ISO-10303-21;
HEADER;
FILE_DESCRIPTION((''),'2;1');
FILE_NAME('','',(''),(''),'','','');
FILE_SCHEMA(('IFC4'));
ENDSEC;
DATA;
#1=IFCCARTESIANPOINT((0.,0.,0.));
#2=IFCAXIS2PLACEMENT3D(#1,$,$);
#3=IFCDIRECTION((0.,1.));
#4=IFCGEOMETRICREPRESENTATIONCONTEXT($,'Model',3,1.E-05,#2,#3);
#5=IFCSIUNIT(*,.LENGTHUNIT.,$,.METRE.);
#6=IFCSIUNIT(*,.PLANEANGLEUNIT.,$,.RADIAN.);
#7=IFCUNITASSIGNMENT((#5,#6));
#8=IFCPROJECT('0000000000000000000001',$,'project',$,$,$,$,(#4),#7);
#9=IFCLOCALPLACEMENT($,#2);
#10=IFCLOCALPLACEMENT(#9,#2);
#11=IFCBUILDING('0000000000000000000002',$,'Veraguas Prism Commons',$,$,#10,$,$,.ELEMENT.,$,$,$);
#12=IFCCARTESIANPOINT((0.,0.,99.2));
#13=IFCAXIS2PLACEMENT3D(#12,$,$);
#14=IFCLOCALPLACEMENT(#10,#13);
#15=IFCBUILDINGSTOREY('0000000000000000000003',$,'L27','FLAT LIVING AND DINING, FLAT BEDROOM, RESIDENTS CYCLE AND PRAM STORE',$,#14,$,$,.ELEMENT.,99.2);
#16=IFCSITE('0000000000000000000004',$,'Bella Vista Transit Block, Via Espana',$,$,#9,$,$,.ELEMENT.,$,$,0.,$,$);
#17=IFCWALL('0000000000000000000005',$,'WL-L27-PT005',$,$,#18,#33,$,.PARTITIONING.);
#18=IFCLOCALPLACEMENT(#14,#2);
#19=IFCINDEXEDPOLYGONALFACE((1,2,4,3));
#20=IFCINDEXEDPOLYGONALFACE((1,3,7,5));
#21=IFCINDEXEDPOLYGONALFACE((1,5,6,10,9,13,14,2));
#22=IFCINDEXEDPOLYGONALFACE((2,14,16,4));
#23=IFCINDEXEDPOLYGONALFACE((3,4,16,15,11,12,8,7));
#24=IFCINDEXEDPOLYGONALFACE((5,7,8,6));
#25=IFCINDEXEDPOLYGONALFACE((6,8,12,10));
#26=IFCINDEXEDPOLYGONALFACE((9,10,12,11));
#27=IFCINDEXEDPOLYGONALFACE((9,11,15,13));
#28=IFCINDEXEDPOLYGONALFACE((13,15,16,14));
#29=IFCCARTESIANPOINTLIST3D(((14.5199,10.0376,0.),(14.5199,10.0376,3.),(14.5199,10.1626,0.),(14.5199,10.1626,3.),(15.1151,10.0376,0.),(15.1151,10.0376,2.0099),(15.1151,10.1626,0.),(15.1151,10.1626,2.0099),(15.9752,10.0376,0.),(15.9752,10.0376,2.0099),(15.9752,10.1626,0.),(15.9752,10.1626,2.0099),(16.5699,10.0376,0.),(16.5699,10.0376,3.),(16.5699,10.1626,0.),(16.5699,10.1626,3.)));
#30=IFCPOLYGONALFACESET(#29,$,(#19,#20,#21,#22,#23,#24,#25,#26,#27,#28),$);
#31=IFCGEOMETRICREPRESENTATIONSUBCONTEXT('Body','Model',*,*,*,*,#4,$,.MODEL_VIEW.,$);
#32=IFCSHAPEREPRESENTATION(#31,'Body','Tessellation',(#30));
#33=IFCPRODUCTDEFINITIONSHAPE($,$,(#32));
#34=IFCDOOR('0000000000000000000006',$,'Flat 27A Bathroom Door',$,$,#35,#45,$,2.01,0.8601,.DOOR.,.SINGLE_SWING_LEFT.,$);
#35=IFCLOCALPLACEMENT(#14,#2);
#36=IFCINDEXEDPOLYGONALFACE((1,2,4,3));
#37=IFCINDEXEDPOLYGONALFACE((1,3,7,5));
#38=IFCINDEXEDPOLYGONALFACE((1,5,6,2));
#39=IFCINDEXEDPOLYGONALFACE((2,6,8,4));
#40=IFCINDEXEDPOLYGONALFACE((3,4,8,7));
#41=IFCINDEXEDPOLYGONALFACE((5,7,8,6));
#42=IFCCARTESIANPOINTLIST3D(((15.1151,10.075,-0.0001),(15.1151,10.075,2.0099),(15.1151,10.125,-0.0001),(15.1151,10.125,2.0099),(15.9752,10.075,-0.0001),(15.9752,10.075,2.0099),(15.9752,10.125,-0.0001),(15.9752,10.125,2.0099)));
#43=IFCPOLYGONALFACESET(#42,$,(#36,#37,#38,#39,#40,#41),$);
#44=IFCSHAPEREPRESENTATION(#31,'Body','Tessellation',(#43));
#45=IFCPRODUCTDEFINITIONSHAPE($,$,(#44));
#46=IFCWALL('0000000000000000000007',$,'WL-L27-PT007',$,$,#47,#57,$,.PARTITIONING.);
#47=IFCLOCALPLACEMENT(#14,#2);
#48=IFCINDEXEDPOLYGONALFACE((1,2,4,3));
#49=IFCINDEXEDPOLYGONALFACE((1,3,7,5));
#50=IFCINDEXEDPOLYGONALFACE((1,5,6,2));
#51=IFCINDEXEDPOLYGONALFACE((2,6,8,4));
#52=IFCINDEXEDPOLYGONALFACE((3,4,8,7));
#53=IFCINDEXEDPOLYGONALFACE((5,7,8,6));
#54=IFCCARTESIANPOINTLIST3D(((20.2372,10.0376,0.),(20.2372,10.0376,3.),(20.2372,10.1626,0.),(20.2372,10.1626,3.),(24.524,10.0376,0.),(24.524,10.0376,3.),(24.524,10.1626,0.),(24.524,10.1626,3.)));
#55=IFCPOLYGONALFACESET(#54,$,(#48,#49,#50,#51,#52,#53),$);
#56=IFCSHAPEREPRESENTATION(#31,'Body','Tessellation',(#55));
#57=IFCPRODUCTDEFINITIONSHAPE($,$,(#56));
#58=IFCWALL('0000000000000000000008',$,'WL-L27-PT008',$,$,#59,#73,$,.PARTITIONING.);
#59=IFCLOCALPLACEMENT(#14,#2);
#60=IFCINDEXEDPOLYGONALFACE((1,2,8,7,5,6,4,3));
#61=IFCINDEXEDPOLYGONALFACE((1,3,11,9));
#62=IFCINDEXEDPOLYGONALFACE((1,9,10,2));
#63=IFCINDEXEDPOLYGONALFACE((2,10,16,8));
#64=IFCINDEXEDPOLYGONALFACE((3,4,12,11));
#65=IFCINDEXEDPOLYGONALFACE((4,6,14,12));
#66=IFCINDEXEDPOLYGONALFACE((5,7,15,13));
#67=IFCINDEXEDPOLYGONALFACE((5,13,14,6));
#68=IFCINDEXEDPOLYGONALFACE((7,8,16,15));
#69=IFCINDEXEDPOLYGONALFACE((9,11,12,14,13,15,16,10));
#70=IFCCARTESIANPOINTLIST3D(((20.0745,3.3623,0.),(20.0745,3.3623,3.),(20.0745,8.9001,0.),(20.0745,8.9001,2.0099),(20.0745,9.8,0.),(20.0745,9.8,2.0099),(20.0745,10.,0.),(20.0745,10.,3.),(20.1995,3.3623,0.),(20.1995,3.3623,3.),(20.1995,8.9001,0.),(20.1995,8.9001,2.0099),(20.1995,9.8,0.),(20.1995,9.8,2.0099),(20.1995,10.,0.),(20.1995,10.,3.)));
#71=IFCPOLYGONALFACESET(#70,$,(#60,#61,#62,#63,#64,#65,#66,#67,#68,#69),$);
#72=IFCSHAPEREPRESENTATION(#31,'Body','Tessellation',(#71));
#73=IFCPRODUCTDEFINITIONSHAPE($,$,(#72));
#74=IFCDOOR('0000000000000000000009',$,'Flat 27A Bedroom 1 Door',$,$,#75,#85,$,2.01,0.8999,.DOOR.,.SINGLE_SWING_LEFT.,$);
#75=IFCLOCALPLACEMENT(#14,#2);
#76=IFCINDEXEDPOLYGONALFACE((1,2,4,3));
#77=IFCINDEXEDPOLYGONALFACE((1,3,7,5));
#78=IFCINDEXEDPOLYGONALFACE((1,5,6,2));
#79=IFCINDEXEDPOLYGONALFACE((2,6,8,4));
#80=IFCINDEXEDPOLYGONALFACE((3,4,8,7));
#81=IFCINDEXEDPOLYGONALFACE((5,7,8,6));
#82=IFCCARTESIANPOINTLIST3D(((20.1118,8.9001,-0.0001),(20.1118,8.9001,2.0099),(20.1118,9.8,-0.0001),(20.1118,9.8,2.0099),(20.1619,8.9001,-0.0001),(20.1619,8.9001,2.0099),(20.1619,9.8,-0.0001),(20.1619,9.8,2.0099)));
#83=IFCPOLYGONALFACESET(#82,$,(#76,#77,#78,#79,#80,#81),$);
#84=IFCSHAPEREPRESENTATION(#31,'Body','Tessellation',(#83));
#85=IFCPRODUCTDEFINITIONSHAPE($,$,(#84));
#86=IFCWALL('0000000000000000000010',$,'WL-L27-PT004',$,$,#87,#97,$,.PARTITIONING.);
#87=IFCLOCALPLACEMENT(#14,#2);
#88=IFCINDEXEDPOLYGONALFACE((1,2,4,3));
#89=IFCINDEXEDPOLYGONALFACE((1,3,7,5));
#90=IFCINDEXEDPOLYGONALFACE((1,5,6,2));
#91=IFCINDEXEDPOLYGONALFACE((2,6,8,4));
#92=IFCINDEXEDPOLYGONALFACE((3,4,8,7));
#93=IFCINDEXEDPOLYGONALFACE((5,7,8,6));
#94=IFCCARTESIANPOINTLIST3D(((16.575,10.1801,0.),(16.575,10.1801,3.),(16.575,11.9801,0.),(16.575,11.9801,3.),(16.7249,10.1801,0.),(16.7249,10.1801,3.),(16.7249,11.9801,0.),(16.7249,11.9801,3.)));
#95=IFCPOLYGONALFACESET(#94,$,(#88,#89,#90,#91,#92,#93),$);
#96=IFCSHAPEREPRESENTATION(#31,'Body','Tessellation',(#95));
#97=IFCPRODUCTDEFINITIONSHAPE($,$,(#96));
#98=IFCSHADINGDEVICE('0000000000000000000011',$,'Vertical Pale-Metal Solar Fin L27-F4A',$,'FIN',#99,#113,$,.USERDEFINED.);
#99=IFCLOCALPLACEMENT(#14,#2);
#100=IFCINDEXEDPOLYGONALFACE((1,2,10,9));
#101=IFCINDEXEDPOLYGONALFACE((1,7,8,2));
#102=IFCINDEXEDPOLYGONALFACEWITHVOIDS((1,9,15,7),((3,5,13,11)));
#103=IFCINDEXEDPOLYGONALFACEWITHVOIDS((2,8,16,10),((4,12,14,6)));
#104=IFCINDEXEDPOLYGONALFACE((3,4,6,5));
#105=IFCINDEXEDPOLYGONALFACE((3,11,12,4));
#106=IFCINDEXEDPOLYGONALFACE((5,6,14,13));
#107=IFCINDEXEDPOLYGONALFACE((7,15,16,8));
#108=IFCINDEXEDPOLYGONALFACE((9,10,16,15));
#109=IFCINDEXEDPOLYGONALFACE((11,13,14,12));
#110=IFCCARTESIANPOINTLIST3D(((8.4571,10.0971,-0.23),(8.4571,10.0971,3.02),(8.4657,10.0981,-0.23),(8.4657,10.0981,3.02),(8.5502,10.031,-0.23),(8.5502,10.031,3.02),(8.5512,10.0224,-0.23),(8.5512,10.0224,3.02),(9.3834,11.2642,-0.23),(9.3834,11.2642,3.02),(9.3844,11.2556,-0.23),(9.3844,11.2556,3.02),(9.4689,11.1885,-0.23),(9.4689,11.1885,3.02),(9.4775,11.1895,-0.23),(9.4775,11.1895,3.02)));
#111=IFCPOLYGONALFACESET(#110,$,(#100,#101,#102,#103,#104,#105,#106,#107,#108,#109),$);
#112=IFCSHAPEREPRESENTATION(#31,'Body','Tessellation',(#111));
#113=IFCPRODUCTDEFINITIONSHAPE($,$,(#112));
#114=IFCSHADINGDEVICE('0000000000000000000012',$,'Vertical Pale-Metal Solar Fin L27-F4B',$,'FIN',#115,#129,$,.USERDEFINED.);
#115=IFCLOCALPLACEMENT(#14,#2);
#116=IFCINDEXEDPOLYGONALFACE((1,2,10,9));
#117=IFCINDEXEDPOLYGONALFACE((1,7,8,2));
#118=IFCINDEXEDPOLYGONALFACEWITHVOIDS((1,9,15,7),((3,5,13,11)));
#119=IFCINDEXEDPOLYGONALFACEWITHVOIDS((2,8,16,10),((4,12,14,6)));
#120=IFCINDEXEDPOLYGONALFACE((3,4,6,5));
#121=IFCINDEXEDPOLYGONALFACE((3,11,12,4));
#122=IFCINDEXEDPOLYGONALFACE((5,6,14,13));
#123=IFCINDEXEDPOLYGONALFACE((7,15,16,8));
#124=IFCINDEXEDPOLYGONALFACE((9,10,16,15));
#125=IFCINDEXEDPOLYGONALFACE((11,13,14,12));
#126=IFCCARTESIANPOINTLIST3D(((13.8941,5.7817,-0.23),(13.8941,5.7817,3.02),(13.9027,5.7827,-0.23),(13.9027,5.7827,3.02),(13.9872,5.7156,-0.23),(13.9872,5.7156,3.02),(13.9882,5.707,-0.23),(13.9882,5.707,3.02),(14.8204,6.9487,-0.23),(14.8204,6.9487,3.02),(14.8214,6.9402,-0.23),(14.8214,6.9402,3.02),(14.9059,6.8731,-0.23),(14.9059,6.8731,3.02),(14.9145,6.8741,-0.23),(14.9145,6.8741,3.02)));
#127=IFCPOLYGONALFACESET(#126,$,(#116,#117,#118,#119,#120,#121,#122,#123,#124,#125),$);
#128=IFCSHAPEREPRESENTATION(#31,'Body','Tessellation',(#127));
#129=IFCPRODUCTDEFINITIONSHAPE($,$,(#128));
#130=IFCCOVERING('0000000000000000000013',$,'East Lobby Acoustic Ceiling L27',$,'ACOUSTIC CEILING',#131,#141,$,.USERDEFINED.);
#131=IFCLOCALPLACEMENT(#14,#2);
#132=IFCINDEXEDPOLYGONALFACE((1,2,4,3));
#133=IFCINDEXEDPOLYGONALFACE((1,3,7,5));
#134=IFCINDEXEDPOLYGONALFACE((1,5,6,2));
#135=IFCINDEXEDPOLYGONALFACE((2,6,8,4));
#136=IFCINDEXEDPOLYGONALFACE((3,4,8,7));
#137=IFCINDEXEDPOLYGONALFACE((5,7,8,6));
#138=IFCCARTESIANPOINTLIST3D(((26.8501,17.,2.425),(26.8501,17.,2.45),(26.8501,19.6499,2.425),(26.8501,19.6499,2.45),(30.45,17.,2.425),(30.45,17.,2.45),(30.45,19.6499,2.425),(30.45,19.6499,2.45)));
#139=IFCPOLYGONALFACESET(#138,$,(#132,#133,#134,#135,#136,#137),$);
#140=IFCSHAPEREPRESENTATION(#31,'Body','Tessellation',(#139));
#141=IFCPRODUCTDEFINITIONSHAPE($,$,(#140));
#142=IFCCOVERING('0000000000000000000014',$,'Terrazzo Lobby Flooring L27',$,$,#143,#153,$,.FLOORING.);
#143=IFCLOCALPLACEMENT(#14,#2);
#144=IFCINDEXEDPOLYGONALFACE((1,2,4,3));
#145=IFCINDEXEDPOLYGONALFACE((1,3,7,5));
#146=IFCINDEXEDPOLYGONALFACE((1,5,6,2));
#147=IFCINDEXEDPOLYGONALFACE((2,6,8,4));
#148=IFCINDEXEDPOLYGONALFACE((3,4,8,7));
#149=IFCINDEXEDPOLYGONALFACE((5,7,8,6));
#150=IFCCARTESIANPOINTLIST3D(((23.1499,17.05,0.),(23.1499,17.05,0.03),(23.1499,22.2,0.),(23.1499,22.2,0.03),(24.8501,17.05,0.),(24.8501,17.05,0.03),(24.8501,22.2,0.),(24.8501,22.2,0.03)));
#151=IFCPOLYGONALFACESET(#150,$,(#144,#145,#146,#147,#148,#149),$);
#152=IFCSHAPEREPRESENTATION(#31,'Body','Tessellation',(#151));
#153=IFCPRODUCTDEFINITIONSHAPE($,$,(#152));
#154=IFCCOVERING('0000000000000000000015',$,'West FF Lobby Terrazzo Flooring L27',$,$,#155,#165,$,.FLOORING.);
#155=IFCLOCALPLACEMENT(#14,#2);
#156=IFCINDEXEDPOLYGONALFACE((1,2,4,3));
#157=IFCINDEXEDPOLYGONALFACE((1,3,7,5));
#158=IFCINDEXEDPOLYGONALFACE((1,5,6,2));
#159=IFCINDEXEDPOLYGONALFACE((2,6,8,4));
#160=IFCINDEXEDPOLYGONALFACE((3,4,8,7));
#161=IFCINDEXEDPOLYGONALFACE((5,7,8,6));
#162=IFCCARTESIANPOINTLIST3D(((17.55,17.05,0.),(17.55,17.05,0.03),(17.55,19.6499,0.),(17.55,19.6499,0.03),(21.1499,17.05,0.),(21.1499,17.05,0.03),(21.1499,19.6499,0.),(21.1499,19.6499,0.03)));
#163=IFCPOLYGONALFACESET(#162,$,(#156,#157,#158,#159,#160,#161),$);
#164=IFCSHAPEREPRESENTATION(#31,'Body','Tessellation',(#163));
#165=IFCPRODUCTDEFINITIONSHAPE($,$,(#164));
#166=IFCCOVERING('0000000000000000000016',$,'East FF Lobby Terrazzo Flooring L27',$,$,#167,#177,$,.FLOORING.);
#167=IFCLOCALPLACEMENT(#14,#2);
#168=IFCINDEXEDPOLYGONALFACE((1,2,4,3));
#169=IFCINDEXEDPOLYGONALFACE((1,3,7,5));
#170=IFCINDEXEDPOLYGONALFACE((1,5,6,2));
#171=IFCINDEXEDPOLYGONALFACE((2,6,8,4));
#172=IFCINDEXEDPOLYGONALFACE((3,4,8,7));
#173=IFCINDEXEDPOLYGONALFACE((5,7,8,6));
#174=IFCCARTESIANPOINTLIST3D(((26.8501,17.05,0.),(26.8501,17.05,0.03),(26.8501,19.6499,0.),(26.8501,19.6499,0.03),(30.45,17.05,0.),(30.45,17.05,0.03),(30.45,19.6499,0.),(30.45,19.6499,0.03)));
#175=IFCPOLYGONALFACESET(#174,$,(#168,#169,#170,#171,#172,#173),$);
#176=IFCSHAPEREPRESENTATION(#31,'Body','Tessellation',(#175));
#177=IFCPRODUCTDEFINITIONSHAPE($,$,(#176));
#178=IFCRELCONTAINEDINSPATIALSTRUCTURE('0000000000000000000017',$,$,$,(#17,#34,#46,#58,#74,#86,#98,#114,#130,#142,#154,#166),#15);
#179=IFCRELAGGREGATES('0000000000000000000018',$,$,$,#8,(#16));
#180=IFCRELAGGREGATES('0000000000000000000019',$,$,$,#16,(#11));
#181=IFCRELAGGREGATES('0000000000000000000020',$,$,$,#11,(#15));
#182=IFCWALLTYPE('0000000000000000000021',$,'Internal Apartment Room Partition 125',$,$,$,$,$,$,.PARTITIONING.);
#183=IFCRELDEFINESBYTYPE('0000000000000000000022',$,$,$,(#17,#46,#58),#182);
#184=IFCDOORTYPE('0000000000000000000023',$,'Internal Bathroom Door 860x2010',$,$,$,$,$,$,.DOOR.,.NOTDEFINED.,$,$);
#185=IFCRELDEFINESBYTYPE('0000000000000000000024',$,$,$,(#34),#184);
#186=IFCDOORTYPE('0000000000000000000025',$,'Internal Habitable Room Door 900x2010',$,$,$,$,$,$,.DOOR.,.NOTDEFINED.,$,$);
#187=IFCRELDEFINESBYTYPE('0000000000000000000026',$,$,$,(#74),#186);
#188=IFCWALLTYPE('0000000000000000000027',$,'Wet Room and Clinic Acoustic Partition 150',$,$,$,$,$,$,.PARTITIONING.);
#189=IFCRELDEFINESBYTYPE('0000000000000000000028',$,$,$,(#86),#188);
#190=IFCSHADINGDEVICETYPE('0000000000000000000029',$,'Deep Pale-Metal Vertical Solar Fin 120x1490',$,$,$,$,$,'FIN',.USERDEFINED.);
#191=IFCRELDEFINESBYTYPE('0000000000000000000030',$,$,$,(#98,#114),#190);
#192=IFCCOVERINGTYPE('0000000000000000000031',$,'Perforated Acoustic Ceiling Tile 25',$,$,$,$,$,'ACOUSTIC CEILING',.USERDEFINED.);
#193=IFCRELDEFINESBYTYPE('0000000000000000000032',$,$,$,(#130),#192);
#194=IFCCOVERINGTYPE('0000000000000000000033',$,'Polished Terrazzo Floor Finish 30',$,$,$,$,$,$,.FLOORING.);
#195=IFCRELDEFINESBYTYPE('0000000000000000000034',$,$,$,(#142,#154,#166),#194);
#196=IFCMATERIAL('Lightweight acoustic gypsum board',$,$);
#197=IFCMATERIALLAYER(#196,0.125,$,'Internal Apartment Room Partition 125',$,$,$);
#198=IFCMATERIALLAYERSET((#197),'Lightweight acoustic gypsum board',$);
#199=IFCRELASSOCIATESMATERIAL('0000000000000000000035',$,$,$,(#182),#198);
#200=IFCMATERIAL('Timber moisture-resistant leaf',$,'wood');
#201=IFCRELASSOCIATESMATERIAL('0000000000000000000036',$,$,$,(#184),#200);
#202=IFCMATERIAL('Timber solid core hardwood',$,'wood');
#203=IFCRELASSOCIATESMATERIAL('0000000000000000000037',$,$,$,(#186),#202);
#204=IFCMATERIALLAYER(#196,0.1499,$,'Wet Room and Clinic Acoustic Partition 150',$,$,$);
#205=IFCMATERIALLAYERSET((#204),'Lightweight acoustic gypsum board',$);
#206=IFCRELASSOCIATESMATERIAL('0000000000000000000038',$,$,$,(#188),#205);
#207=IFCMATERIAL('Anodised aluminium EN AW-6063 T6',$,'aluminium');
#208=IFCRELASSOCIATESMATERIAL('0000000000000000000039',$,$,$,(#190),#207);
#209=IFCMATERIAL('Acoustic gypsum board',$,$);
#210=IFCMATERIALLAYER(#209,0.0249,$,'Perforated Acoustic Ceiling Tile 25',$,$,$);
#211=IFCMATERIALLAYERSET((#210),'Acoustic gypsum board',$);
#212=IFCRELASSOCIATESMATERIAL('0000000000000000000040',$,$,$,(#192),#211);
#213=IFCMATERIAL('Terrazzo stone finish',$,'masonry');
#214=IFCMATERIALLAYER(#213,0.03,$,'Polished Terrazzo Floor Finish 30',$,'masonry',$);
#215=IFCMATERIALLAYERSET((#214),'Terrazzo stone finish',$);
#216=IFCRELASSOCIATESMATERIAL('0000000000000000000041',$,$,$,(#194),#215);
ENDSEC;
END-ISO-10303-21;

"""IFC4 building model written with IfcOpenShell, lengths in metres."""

from ifc_helpers import new_model, si_unit, direction, frame, frame_2d, origin, origin_2d, place, context, subcontext, project, spatial, polyline, rectangle, hollow_rectangle, outline, extrude, source, transform, mapped, material, layer, layer_set, material_profile, profile_set, type_object, element, fill, save


model = new_model("IFC4")

# Units and contexts
model_context = context("Model", 3, precision=1e-05, world=origin(), true_north=direction((0.0, 1.0)))
body_context = subcontext(model_context, "Body", "Model", "MODEL_VIEW")
ifc_project = project(units=[si_unit("LENGTHUNIT", "METRE"), si_unit("PLANEANGLEUNIT", "RADIAN")], contexts=[model_context])

# Site, building, storey
site_placement = place(None, origin())
site = spatial("IfcSite", under=ifc_project, at=site_placement, Name="Bella Vista Transit Block, Via Espana", CompositionType="ELEMENT", RefElevation=0.0)
building_placement = place(site_placement, origin())
building = spatial("IfcBuilding", under=site, at=building_placement, Name="Veraguas Prism Commons", CompositionType="ELEMENT")
storey_placement = place(building_placement, frame((0.0, 0.0, 99.2)))
storey = spatial("IfcBuildingStorey", under=building, at=storey_placement, Name="L27", Description="FLAT LIVING AND DINING, FLAT BEDROOM, RESIDENTS CYCLE AND PRAM STORE", CompositionType="ELEMENT", Elevation=99.2)

# Shared definitions
ifc_material_1 = material(Name="Anodised aluminium EN AW-6063 T6", Category="aluminium")

# Wall, opening, door
ifc_material_2 = material(Name="Lightweight acoustic gypsum board")
ifc_layer_1 = layer(ifc_material_2, 0.125, Name="Internal Apartment Room Partition 125")
ifc_layer_set_1 = layer_set([ifc_layer_1], Name="Lightweight acoustic gypsum board")
wall_type_1 = type_object("IfcWallType", Name="Internal Apartment Room Partition 125", PredefinedType="PARTITIONING", material=ifc_layer_set_1)
wall_1_placement = place(storey_placement, frame((14.52, 10.1001, 0.0), z_axis=(0.0, 0.0, 1.0), x_axis=(1.0, 0.0, 0.0)))
wall_1 = element("IfcWall", 1, at=wall_1_placement, inside=storey, type_object=wall_type_1, Name="WL-L27-PT005", PredefinedType="PARTITIONING", context=body_context, shape_type="SweptSolid", body=[
    extrude(rectangle(XDim=2.05, YDim=0.125, at=frame_2d((1.0249, 0.0))), origin(), (0.0, 0.0, 1.0), 3.0),
])
opening_1_placement = place(wall_1_placement, frame((0.595, 0.0, 0.0)))
opening_1 = element("IfcOpeningElement", 2, at=opening_1_placement, cuts=wall_1, PredefinedType="OPENING", context=body_context, shape_type="SweptSolid", body=[
    extrude(rectangle(XDim=0.8601, YDim=2.01, at=frame_2d((0.4302, 1.0049))), frame((0.0, 0.0725, 0.0), z_axis=(0.0, -1.0, 0.0), x_axis=(1.0, 0.0, 0.0)), (0.0, 0.0, 1.0), 0.145),
])
ifc_material_3 = material(Name="Timber moisture-resistant leaf", Category="wood")
door_type_1 = type_object("IfcDoorType", Name="Internal Bathroom Door 860x2010", OperationType="NOTDEFINED", PredefinedType="DOOR", material=ifc_material_3)
shared_shape_1 = source(origin(), body_context, "Body", "SweptSolid", [
    extrude(rectangle(XDim=0.8601, YDim=2.01, at=frame_2d((0.4302, 1.0049))), frame((0.0, 0.0249, 0.0), z_axis=(0.0, -1.0, 0.0), x_axis=(1.0, 0.0, 0.0)), (0.0, 0.0, 1.0), 0.05),
])
door_1_placement = place(opening_1_placement, origin())
door_1 = element("IfcDoor", 3, at=door_1_placement, inside=storey, type_object=door_type_1, Name="Flat 27A Bathroom Door", OperationType="SINGLE_SWING_LEFT", OverallHeight=2.01, OverallWidth=0.8601, PredefinedType="DOOR", context=body_context, shape_type="MappedRepresentation", body=[
    mapped(shared_shape_1, transform((0.0, 0.0, 0.0), scale=1.0)),
])
fill(opening_1, door_1)

# Wall
wall_2_placement = place(storey_placement, frame((20.2371, 10.1001, 0.0), z_axis=(0.0, 0.0, 1.0), x_axis=(1.0, 0.0, 0.0)))
element("IfcWall", 4, at=wall_2_placement, inside=storey, type_object=wall_type_1, Name="WL-L27-PT007", PredefinedType="PARTITIONING", context=body_context, shape_type="SweptSolid", body=[
    extrude(rectangle(XDim=4.2869, YDim=0.125, at=frame_2d((2.1436, 0.0))), origin(), (0.0, 0.0, 1.0), 3.0),
])

# Wall, opening, door
wall_3_placement = place(storey_placement, frame((20.137, 10.0, 0.0), z_axis=(0.0, 0.0, 1.0), x_axis=(0.0, -1.0, 0.0)))
wall_3 = element("IfcWall", 5, at=wall_3_placement, inside=storey, type_object=wall_type_1, Name="WL-L27-PT008", PredefinedType="PARTITIONING", context=body_context, shape_type="SweptSolid", body=[
    extrude(rectangle(XDim=6.6377, YDim=0.125, at=frame_2d((3.3188, 0.0))), origin(), (0.0, 0.0, 1.0), 3.0),
])
opening_2_placement = place(wall_3_placement, frame((0.2, 0.0, 0.0)))
opening_2 = element("IfcOpeningElement", 6, at=opening_2_placement, cuts=wall_3, PredefinedType="OPENING", context=body_context, shape_type="SweptSolid", body=[
    extrude(rectangle(XDim=0.8999, YDim=2.01, at=frame_2d((0.45, 1.0049))), frame((0.0, 0.0725, 0.0), z_axis=(0.0, -1.0, 0.0), x_axis=(1.0, 0.0, 0.0)), (0.0, 0.0, 1.0), 0.145),
])
ifc_material_4 = material(Name="Timber solid core hardwood", Category="wood")
door_type_2 = type_object("IfcDoorType", Name="Internal Habitable Room Door 900x2010", OperationType="NOTDEFINED", PredefinedType="DOOR", material=ifc_material_4)
shared_shape_2 = source(origin(), body_context, "Body", "SweptSolid", [
    extrude(rectangle(XDim=0.8999, YDim=2.01, at=frame_2d((0.45, 1.0049))), frame((0.0, 0.0249, 0.0), z_axis=(0.0, -1.0, 0.0), x_axis=(1.0, 0.0, 0.0)), (0.0, 0.0, 1.0), 0.05),
])
door_2_placement = place(opening_2_placement, origin())
door_2 = element("IfcDoor", 7, at=door_2_placement, inside=storey, type_object=door_type_2, Name="Flat 27A Bedroom 1 Door", OperationType="SINGLE_SWING_LEFT", OverallHeight=2.01, OverallWidth=0.8999, PredefinedType="DOOR", context=body_context, shape_type="MappedRepresentation", body=[
    mapped(shared_shape_2, transform((0.0, 0.0, 0.0), scale=1.0)),
])
fill(opening_2, door_2)

# Wall
ifc_layer_2 = layer(ifc_material_2, 0.1499, Name="Wet Room and Clinic Acoustic Partition 150")
ifc_layer_set_2 = layer_set([ifc_layer_2], Name="Lightweight acoustic gypsum board")
wall_type_2 = type_object("IfcWallType", Name="Wet Room and Clinic Acoustic Partition 150", PredefinedType="PARTITIONING", material=ifc_layer_set_2)
wall_4_placement = place(storey_placement, frame((16.6499, 11.98, 0.0), z_axis=(0.0, 0.0, 1.0), x_axis=(0.0, -1.0, 0.0)))
element("IfcWall", 8, at=wall_4_placement, inside=storey, type_object=wall_type_2, Name="WL-L27-PT004", PredefinedType="PARTITIONING", context=body_context, shape_type="SweptSolid", body=[
    extrude(rectangle(XDim=1.8, YDim=0.1499, at=frame_2d((0.8999, 0.0))), origin(), (0.0, 0.0, 1.0), 3.0),
])

# Shading devices
ifc_material_profile_1 = material_profile(ifc_material_1, hollow_rectangle(XDim=0.1201, YDim=1.49, WallThickness=0.0061, at=origin_2d()), Name="FIN120X1490X6")
ifc_profile_set_1 = profile_set([ifc_material_profile_1], Name="Anodised aluminium EN AW-6063 T6")
shading_device_type = type_object("IfcShadingDeviceType", Name="Deep Pale-Metal Vertical Solar Fin 120x1490", ElementType="FIN", PredefinedType="USERDEFINED", material=ifc_profile_set_1)
for number, where, z_axis, x_axis, name in (
    (9, (8.9673, 10.6433, -0.23), (0.0, 0.0, 1.0), (0.783261, -0.621693, 0.0), "Vertical Pale-Metal Solar Fin L27-F4A"),
    (10, (14.4043, 6.3279, -0.23), (0.0, 0.0, 1.0), (0.783261, -0.621693, 0.0), "Vertical Pale-Metal Solar Fin L27-F4B"),
):
    element("IfcShadingDevice", number, at=place(storey_placement, frame(where, z_axis=z_axis, x_axis=x_axis)), inside=storey, type_object=shading_device_type, Name=name, ObjectType="FIN", PredefinedType="USERDEFINED", context=body_context, shape_type="SweptSolid", body=[
        extrude(hollow_rectangle(XDim=0.1201, YDim=1.49, WallThickness=0.0061, at=origin_2d()), origin(), (0.0, 0.0, 1.0), 3.25),
    ])

# Coverings
ifc_material_5 = material(Name="Acoustic gypsum board")
ifc_layer_3 = layer(ifc_material_5, 0.0249, Name="Perforated Acoustic Ceiling Tile 25")
ifc_layer_set_3 = layer_set([ifc_layer_3], Name="Acoustic gypsum board")
covering_type_1 = type_object("IfcCoveringType", Name="Perforated Acoustic Ceiling Tile 25", ElementType="ACOUSTIC CEILING", PredefinedType="USERDEFINED", material=ifc_layer_set_3)
covering_1_placement = place(storey_placement, frame((0.0, 0.0, 2.425)))
element("IfcCovering", 11, at=covering_1_placement, inside=storey, type_object=covering_type_1, Name="East Lobby Acoustic Ceiling L27", ObjectType="ACOUSTIC CEILING", PredefinedType="USERDEFINED", context=body_context, shape_type="SweptSolid", body=[
    extrude(outline(polyline([(26.8501, 17.0), (30.45, 17.0), (30.45, 19.6499), (26.8501, 19.6499), (26.8501, 17.0)])), origin(), (0.0, 0.0, 1.0), 0.0249),
])
ifc_material_6 = material(Name="Terrazzo stone finish", Category="masonry")
ifc_layer_4 = layer(ifc_material_6, 0.03, Name="Polished Terrazzo Floor Finish 30", Category="masonry")
ifc_layer_set_4 = layer_set([ifc_layer_4], Name="Terrazzo stone finish")
covering_type_2 = type_object("IfcCoveringType", Name="Polished Terrazzo Floor Finish 30", PredefinedType="FLOORING", material=ifc_layer_set_4)
covering_2_placement = place(storey_placement, origin())
element("IfcCovering", 12, at=covering_2_placement, inside=storey, type_object=covering_type_2, Name="Terrazzo Lobby Flooring L27", PredefinedType="FLOORING", context=body_context, shape_type="SweptSolid", body=[
    extrude(outline(polyline([(23.1499, 17.05), (24.8501, 17.05), (24.8501, 22.2), (23.1499, 22.2), (23.1499, 17.05)])), origin(), (0.0, 0.0, 1.0), 0.03),
])
covering_3_placement = place(storey_placement, origin())
element("IfcCovering", 13, at=covering_3_placement, inside=storey, type_object=covering_type_2, Name="West FF Lobby Terrazzo Flooring L27", PredefinedType="FLOORING", context=body_context, shape_type="SweptSolid", body=[
    extrude(outline(polyline([(17.55, 17.05), (21.1499, 17.05), (21.1499, 19.6499), (17.55, 19.6499), (17.55, 17.05)])), origin(), (0.0, 0.0, 1.0), 0.03),
])
covering_4_placement = place(storey_placement, origin())
element("IfcCovering", 14, at=covering_4_placement, inside=storey, type_object=covering_type_2, Name="East FF Lobby Terrazzo Flooring L27", PredefinedType="FLOORING", context=body_context, shape_type="SweptSolid", body=[
    extrude(outline(polyline([(26.8501, 17.05), (30.45, 17.05), (30.45, 19.6499), (26.8501, 19.6499), (26.8501, 17.05)])), origin(), (0.0, 0.0, 1.0), 0.03),
])

save(model, "model.ifc")
